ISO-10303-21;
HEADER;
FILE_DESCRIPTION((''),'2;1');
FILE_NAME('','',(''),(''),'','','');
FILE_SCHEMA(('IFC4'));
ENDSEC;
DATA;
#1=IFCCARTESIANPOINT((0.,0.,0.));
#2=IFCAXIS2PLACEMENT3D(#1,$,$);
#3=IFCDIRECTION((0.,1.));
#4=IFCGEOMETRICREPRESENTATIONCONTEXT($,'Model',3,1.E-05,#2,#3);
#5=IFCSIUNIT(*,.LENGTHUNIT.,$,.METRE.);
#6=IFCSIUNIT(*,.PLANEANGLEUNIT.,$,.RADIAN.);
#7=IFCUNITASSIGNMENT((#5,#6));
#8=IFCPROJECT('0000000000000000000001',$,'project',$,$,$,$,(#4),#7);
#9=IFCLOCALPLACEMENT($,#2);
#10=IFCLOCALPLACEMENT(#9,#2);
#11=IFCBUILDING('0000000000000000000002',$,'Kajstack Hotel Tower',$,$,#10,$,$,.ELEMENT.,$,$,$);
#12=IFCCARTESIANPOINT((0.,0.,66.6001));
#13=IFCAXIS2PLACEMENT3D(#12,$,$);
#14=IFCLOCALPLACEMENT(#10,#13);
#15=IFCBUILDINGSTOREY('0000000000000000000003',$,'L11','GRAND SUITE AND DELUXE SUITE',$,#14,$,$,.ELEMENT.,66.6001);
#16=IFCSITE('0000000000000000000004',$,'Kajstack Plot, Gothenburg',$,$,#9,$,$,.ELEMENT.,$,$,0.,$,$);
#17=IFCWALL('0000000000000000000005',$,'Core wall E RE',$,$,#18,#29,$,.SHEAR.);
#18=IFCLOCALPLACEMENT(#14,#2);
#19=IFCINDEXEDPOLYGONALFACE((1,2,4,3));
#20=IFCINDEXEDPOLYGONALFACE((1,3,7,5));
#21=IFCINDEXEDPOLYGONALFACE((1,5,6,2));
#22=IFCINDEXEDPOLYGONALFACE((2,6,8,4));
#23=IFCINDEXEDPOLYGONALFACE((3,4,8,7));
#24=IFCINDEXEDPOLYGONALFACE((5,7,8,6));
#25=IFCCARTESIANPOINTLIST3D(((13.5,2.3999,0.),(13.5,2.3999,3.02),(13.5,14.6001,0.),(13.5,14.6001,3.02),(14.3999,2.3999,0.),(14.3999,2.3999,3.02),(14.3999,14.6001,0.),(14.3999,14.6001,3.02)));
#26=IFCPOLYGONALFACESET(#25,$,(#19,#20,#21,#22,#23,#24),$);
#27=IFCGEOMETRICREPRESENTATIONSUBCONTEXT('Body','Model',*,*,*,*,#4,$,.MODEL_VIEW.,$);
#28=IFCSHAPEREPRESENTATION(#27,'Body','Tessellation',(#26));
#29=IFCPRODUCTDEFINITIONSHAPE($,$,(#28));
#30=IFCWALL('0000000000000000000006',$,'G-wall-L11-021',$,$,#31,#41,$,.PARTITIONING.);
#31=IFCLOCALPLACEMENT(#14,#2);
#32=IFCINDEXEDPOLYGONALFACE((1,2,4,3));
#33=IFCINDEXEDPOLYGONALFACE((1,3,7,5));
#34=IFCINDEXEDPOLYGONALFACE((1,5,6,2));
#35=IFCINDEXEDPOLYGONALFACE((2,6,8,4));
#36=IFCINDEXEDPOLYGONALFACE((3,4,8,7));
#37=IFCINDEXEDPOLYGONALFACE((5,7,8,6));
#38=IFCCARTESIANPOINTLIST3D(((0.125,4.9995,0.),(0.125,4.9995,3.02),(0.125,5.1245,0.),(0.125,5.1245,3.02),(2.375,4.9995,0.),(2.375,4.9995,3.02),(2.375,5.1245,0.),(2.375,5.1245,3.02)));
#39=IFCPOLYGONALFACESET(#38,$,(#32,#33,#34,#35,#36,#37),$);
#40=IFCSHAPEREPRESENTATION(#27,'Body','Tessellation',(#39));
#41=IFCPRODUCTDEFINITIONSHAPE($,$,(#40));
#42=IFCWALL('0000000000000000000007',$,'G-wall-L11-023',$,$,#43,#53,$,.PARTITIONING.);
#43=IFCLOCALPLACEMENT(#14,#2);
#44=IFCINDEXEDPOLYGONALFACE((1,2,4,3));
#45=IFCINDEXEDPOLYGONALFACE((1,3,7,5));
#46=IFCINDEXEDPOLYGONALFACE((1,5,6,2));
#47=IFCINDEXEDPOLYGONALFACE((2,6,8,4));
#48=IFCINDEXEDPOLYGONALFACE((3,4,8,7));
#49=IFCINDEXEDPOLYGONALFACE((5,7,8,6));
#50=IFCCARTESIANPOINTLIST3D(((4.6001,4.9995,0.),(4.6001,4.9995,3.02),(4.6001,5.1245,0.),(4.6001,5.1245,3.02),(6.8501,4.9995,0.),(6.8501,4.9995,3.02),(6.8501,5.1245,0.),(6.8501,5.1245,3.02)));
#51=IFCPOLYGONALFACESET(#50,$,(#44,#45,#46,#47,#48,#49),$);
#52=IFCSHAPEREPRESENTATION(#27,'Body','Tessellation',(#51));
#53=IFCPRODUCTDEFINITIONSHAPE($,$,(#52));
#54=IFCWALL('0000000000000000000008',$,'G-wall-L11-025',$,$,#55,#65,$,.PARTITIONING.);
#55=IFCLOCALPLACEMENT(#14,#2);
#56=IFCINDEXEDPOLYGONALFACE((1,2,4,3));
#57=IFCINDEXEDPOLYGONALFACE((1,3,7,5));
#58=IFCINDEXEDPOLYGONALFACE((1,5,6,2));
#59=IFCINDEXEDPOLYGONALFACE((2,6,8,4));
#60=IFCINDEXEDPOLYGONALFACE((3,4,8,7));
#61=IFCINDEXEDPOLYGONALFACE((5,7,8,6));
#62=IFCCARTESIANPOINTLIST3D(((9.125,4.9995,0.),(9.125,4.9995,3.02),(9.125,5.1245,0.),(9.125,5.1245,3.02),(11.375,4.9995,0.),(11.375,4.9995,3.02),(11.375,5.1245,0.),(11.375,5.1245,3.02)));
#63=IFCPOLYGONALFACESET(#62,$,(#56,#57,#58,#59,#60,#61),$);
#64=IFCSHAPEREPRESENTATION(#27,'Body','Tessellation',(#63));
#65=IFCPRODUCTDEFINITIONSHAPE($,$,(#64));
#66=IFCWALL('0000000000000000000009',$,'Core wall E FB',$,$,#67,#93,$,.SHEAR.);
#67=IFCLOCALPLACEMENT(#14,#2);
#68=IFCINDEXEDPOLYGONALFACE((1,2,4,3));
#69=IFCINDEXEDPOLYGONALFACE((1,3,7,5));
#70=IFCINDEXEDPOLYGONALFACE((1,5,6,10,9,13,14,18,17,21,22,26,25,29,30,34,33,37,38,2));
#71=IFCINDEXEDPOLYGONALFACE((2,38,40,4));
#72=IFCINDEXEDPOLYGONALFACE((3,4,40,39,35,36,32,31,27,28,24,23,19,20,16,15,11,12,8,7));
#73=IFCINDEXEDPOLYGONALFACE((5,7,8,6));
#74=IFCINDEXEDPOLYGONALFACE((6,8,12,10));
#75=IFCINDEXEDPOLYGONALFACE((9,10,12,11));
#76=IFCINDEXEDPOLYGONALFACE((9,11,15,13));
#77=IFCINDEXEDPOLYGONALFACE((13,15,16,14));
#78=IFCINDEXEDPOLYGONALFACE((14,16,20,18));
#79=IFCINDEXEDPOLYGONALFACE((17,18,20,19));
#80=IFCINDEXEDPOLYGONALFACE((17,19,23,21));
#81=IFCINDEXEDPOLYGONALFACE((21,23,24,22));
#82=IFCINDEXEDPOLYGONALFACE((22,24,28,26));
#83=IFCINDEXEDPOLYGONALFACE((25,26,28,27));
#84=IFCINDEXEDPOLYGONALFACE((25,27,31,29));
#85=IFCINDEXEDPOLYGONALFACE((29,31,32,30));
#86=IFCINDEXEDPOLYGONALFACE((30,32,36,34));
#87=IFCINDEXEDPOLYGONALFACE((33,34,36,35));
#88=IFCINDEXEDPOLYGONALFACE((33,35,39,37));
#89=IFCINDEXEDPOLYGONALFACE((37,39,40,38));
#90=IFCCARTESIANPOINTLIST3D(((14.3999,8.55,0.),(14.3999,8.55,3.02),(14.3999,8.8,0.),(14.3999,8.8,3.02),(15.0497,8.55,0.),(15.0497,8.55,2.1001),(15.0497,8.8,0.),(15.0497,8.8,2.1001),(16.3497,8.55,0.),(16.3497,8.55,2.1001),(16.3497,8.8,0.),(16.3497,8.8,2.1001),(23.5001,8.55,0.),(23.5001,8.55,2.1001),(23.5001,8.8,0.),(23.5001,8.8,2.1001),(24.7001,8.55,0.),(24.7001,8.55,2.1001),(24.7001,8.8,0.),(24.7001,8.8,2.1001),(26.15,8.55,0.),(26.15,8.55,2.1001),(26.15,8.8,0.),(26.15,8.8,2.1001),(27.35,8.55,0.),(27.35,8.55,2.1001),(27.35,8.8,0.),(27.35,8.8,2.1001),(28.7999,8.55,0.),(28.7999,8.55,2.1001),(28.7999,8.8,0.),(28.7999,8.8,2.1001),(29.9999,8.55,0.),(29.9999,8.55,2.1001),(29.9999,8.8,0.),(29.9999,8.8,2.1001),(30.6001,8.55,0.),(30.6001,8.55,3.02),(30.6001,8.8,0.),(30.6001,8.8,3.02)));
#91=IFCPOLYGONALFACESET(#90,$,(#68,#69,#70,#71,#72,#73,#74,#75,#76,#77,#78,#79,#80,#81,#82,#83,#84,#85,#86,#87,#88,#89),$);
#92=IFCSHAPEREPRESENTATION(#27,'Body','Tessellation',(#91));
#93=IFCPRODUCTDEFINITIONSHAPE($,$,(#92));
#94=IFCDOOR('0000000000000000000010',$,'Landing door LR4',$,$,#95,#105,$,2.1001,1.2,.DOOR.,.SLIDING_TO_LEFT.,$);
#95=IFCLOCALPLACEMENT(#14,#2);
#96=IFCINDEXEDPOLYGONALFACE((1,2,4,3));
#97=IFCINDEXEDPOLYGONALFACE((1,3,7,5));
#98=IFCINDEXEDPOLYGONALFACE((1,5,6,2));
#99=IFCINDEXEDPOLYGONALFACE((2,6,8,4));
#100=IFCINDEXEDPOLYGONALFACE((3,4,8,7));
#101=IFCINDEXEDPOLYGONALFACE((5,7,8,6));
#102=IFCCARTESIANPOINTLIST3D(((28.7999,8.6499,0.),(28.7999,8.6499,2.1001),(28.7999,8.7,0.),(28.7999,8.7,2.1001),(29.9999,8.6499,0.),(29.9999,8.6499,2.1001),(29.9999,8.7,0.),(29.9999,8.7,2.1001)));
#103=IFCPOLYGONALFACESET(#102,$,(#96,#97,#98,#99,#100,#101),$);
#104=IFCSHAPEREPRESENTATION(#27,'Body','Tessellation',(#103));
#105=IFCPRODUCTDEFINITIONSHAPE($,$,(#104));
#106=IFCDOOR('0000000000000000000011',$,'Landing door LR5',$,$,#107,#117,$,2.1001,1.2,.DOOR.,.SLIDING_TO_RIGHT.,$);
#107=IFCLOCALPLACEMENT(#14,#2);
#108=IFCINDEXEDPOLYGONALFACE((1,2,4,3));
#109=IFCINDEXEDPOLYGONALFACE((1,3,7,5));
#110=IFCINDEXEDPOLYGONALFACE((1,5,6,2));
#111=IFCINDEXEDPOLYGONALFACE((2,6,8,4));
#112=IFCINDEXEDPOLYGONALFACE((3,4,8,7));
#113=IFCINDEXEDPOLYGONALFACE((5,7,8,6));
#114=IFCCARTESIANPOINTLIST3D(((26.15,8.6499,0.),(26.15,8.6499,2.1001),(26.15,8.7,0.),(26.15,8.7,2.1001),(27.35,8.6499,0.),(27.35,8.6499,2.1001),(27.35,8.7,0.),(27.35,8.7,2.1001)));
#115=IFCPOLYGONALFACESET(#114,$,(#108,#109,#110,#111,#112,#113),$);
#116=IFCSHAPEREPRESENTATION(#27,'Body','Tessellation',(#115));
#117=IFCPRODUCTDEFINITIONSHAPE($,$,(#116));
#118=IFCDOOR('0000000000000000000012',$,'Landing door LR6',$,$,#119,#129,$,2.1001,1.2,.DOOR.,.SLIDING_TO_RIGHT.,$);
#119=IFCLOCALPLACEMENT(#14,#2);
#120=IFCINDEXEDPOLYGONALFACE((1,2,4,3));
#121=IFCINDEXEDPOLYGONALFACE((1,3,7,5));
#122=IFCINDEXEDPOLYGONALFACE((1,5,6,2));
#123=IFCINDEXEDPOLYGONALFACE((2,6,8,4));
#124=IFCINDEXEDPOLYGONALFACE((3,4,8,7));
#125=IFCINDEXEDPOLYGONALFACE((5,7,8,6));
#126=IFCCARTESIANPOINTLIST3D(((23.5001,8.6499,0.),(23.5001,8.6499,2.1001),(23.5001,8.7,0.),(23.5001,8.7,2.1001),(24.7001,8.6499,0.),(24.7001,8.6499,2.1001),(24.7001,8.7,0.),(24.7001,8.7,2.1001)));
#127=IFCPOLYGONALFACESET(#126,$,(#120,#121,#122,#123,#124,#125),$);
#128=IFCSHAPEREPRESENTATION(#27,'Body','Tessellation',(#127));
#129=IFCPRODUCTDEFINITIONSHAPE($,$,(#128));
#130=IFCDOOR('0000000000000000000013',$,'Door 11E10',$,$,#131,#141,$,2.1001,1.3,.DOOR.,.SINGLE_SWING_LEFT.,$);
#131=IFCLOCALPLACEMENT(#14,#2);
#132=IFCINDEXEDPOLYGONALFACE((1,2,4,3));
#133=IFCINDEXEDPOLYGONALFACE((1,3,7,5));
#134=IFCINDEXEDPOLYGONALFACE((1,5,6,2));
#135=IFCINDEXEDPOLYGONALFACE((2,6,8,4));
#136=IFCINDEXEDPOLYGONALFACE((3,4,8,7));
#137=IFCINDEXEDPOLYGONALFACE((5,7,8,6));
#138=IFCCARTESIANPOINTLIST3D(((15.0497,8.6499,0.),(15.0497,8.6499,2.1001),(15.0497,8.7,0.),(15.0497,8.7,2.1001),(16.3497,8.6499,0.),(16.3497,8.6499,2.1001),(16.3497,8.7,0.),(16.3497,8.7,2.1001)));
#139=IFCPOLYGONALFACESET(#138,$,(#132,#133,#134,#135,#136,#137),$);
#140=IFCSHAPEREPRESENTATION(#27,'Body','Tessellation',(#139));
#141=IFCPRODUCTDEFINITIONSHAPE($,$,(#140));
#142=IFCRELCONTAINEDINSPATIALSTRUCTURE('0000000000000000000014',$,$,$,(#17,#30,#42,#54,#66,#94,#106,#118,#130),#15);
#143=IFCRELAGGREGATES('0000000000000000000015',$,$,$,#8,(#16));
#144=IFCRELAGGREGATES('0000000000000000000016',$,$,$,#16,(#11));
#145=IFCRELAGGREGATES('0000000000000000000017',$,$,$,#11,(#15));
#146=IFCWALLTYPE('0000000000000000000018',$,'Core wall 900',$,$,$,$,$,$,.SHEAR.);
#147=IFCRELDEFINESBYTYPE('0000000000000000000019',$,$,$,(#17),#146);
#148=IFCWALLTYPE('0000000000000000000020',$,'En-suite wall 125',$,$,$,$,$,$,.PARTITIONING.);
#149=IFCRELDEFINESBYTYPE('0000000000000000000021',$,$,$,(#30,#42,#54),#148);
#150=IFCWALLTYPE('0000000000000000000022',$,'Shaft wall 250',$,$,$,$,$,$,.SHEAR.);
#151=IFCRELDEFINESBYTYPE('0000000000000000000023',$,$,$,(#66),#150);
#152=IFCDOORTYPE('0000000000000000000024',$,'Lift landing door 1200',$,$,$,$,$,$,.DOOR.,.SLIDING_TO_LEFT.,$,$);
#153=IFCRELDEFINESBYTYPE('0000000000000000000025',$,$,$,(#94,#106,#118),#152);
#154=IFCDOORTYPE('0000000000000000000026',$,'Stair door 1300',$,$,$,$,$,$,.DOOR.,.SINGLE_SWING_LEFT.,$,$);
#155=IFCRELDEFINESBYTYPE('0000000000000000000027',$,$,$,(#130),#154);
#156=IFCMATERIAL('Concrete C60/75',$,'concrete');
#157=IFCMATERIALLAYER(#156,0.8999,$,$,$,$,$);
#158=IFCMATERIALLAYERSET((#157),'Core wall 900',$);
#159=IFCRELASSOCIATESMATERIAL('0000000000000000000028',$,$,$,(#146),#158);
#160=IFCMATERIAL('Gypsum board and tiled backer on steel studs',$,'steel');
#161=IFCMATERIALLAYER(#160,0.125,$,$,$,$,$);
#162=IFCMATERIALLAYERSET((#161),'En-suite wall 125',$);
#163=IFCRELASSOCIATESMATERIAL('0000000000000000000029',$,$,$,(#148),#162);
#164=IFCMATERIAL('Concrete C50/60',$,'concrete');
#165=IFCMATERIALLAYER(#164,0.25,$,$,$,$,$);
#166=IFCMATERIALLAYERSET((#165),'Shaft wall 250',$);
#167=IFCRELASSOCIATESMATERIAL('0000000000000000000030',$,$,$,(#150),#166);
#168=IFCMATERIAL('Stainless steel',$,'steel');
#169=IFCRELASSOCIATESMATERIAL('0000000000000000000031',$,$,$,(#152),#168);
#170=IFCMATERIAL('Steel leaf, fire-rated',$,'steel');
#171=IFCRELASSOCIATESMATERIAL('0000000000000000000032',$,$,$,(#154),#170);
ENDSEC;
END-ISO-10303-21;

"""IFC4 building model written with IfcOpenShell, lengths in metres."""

from ifc_helpers import new_model, si_unit, direction, frame, frame_2d, origin, place, context, subcontext, project, spatial, rectangle, extrude, material, layer, layer_set, type_object, element, fill, save


model = new_model("IFC4")

# Units and contexts
model_context = context("Model", 3, precision=1e-05, world=origin(), true_north=direction((0.0, 1.0)))
body_context = subcontext(model_context, "Body", "Model", "MODEL_VIEW")
ifc_project = project(units=[si_unit("LENGTHUNIT", "METRE"), si_unit("PLANEANGLEUNIT", "RADIAN")], contexts=[model_context])

# Site, building, storey
site_placement = place(None, origin())
site = spatial("IfcSite", under=ifc_project, at=site_placement, Name="Kajstack Plot, Gothenburg", CompositionType="ELEMENT", RefElevation=0.0)
building_placement = place(site_placement, origin())
building = spatial("IfcBuilding", under=site, at=building_placement, Name="Kajstack Hotel Tower", CompositionType="ELEMENT")
storey_placement = place(building_placement, frame((0.0, 0.0, 66.6001)))
storey = spatial("IfcBuildingStorey", under=building, at=storey_placement, Name="L11", Description="GRAND SUITE AND DELUXE SUITE", CompositionType="ELEMENT", Elevation=66.6001)

# Walls
ifc_material_1 = material(Name="Concrete C60/75", Category="concrete")
ifc_layer_1 = layer(ifc_material_1, 0.8999)
ifc_layer_set_1 = layer_set([ifc_layer_1], Name="Core wall 900")
wall_type_1 = type_object("IfcWallType", Name="Core wall 900", PredefinedType="SHEAR", material=ifc_layer_set_1)
wall_1_placement = place(storey_placement, frame((13.95, 2.3999, 0.0), z_axis=(0.0, 0.0, 1.0), x_axis=(0.0, 1.0, 0.0)))
element("IfcWall", 1, at=wall_1_placement, inside=storey, type_object=wall_type_1, Name="Core wall E RE", PredefinedType="SHEAR", context=body_context, shape_type="SweptSolid", body=[
    extrude(rectangle(XDim=12.2002, YDim=0.8999, at=frame_2d((6.1001, 0.0))), origin(), (0.0, 0.0, 1.0), 3.02),
])
ifc_material_2 = material(Name="Gypsum board and tiled backer on steel studs", Category="steel")
ifc_layer_2 = layer(ifc_material_2, 0.125)
ifc_layer_set_2 = layer_set([ifc_layer_2], Name="En-suite wall 125")
wall_type_2 = type_object("IfcWallType", Name="En-suite wall 125", PredefinedType="PARTITIONING", material=ifc_layer_set_2)
for number, where, z_axis, x_axis, name in (
    (2, (0.125, 5.062, 0.0), (0.0, 0.0, 1.0), (1.0, 0.0, 0.0), "G-wall-L11-021"),
    (3, (4.6001, 5.062, 0.0), (0.0, 0.0, 1.0), (1.0, 0.0, 0.0), "G-wall-L11-023"),
    (4, (9.125, 5.062, 0.0), (0.0, 0.0, 1.0), (1.0, 0.0, 0.0), "G-wall-L11-025"),
):
    element("IfcWall", number, at=place(storey_placement, frame(where, z_axis=z_axis, x_axis=x_axis)), inside=storey, type_object=wall_type_2, Name=name, PredefinedType="PARTITIONING", context=body_context, shape_type="SweptSolid", body=[
        extrude(rectangle(XDim=2.25, YDim=0.125, at=frame_2d((1.125, 0.0))), origin(), (0.0, 0.0, 1.0), 3.02),
    ])

# Wall, openings, doors
ifc_material_3 = material(Name="Concrete C50/60", Category="concrete")
ifc_layer_3 = layer(ifc_material_3, 0.25)
ifc_layer_set_3 = layer_set([ifc_layer_3], Name="Shaft wall 250")
wall_type_3 = type_object("IfcWallType", Name="Shaft wall 250", PredefinedType="SHEAR", material=ifc_layer_set_3)
wall_2_placement = place(storey_placement, frame((14.3999, 8.675, 0.0), z_axis=(0.0, 0.0, 1.0), x_axis=(1.0, 0.0, 0.0)))
wall_2 = element("IfcWall", 5, at=wall_2_placement, inside=storey, type_object=wall_type_3, Name="Core wall E FB", PredefinedType="SHEAR", context=body_context, shape_type="SweptSolid", body=[
    extrude(rectangle(XDim=16.2002, YDim=0.25, at=frame_2d((8.1001, 0.0))), origin(), (0.0, 0.0, 1.0), 3.02),
])
opening_1_placement = place(wall_2_placement, frame((14.3999, 0.0, 0.0)))
opening_1 = element("IfcOpeningElement", 6, at=opening_1_placement, cuts=wall_2, PredefinedType="OPENING", context=body_context, shape_type="SweptSolid", body=[
    extrude(rectangle(XDim=1.2, YDim=2.1001, at=frame_2d((0.6001, 1.05))), frame((0.0, 0.135, 0.0), z_axis=(0.0, -1.0, 0.0), x_axis=(1.0, 0.0, 0.0)), (0.0, 0.0, 1.0), 0.27),
])
opening_2_placement = place(wall_2_placement, frame((11.75, 0.0, 0.0)))
opening_2 = element("IfcOpeningElement", 7, at=opening_2_placement, cuts=wall_2, PredefinedType="OPENING", context=body_context, shape_type="SweptSolid", body=[
    extrude(rectangle(XDim=1.2, YDim=2.1001, at=frame_2d((0.6001, 1.05))), frame((0.0, 0.135, 0.0), z_axis=(0.0, -1.0, 0.0), x_axis=(1.0, 0.0, 0.0)), (0.0, 0.0, 1.0), 0.27),
])
opening_3_placement = place(wall_2_placement, frame((9.1001, 0.0, 0.0)))
opening_3 = element("IfcOpeningElement", 8, at=opening_3_placement, cuts=wall_2, PredefinedType="OPENING", context=body_context, shape_type="SweptSolid", body=[
    extrude(rectangle(XDim=1.2, YDim=2.1001, at=frame_2d((0.6001, 1.05))), frame((0.0, 0.135, 0.0), z_axis=(0.0, -1.0, 0.0), x_axis=(1.0, 0.0, 0.0)), (0.0, 0.0, 1.0), 0.27),
])
opening_4_placement = place(wall_2_placement, frame((0.6499, 0.0, 0.0)))
opening_4 = element("IfcOpeningElement", 9, at=opening_4_placement, cuts=wall_2, PredefinedType="OPENING", context=body_context, shape_type="SweptSolid", body=[
    extrude(rectangle(XDim=1.3, YDim=2.1001, at=frame_2d((0.6499, 1.05))), frame((0.0, 0.135, 0.0), z_axis=(0.0, -1.0, 0.0), x_axis=(1.0, 0.0, 0.0)), (0.0, 0.0, 1.0), 0.27),
])
ifc_material_4 = material(Name="Stainless steel", Category="steel")
door_type_1 = type_object("IfcDoorType", Name="Lift landing door 1200", OperationType="SLIDING_TO_LEFT", PredefinedType="DOOR", material=ifc_material_4)
door_1_placement = place(opening_1_placement, origin())
door_1 = element("IfcDoor", 10, at=door_1_placement, inside=storey, type_object=door_type_1, Name="Landing door LR4", OperationType="SLIDING_TO_LEFT", OverallHeight=2.1001, OverallWidth=1.2, PredefinedType="DOOR", context=body_context, shape_type="SweptSolid", body=[
    extrude(rectangle(XDim=1.2, YDim=2.1001, at=frame_2d((0.6001, 1.05))), frame((0.0, 0.0249, 0.0), z_axis=(0.0, -1.0, 0.0), x_axis=(1.0, 0.0, 0.0)), (0.0, 0.0, 1.0), 0.05),
])
fill(opening_1, door_1)
door_2_placement = place(opening_2_placement, origin())
door_2 = element("IfcDoor", 11, at=door_2_placement, inside=storey, type_object=door_type_1, Name="Landing door LR5", OperationType="SLIDING_TO_RIGHT", OverallHeight=2.1001, OverallWidth=1.2, PredefinedType="DOOR", context=body_context, shape_type="SweptSolid", body=[
    extrude(rectangle(XDim=1.2, YDim=2.1001, at=frame_2d((0.6001, 1.05))), frame((0.0, 0.0249, 0.0), z_axis=(0.0, -1.0, 0.0), x_axis=(1.0, 0.0, 0.0)), (0.0, 0.0, 1.0), 0.05),
])
fill(opening_2, door_2)
door_3_placement = place(opening_3_placement, origin())
door_3 = element("IfcDoor", 12, at=door_3_placement, inside=storey, type_object=door_type_1, Name="Landing door LR6", OperationType="SLIDING_TO_RIGHT", OverallHeight=2.1001, OverallWidth=1.2, PredefinedType="DOOR", context=body_context, shape_type="SweptSolid", body=[
    extrude(rectangle(XDim=1.2, YDim=2.1001, at=frame_2d((0.6001, 1.05))), frame((0.0, 0.0249, 0.0), z_axis=(0.0, -1.0, 0.0), x_axis=(1.0, 0.0, 0.0)), (0.0, 0.0, 1.0), 0.05),
])
fill(opening_3, door_3)
ifc_material_5 = material(Name="Steel leaf, fire-rated", Category="steel")
door_type_2 = type_object("IfcDoorType", Name="Stair door 1300", OperationType="SINGLE_SWING_LEFT", PredefinedType="DOOR", material=ifc_material_5)
door_4_placement = place(opening_4_placement, origin())
door_4 = element("IfcDoor", 13, at=door_4_placement, inside=storey, type_object=door_type_2, Name="Door 11E10", OperationType="SINGLE_SWING_LEFT", OverallHeight=2.1001, OverallWidth=1.3, PredefinedType="DOOR", context=body_context, shape_type="SweptSolid", body=[
    extrude(rectangle(XDim=1.3, YDim=2.1001, at=frame_2d((0.6499, 1.05))), frame((0.0, 0.0249, 0.0), z_axis=(0.0, -1.0, 0.0), x_axis=(1.0, 0.0, 0.0)), (0.0, 0.0, 1.0), 0.05),
])
fill(opening_4, door_4)

save(model, "model.ifc")
